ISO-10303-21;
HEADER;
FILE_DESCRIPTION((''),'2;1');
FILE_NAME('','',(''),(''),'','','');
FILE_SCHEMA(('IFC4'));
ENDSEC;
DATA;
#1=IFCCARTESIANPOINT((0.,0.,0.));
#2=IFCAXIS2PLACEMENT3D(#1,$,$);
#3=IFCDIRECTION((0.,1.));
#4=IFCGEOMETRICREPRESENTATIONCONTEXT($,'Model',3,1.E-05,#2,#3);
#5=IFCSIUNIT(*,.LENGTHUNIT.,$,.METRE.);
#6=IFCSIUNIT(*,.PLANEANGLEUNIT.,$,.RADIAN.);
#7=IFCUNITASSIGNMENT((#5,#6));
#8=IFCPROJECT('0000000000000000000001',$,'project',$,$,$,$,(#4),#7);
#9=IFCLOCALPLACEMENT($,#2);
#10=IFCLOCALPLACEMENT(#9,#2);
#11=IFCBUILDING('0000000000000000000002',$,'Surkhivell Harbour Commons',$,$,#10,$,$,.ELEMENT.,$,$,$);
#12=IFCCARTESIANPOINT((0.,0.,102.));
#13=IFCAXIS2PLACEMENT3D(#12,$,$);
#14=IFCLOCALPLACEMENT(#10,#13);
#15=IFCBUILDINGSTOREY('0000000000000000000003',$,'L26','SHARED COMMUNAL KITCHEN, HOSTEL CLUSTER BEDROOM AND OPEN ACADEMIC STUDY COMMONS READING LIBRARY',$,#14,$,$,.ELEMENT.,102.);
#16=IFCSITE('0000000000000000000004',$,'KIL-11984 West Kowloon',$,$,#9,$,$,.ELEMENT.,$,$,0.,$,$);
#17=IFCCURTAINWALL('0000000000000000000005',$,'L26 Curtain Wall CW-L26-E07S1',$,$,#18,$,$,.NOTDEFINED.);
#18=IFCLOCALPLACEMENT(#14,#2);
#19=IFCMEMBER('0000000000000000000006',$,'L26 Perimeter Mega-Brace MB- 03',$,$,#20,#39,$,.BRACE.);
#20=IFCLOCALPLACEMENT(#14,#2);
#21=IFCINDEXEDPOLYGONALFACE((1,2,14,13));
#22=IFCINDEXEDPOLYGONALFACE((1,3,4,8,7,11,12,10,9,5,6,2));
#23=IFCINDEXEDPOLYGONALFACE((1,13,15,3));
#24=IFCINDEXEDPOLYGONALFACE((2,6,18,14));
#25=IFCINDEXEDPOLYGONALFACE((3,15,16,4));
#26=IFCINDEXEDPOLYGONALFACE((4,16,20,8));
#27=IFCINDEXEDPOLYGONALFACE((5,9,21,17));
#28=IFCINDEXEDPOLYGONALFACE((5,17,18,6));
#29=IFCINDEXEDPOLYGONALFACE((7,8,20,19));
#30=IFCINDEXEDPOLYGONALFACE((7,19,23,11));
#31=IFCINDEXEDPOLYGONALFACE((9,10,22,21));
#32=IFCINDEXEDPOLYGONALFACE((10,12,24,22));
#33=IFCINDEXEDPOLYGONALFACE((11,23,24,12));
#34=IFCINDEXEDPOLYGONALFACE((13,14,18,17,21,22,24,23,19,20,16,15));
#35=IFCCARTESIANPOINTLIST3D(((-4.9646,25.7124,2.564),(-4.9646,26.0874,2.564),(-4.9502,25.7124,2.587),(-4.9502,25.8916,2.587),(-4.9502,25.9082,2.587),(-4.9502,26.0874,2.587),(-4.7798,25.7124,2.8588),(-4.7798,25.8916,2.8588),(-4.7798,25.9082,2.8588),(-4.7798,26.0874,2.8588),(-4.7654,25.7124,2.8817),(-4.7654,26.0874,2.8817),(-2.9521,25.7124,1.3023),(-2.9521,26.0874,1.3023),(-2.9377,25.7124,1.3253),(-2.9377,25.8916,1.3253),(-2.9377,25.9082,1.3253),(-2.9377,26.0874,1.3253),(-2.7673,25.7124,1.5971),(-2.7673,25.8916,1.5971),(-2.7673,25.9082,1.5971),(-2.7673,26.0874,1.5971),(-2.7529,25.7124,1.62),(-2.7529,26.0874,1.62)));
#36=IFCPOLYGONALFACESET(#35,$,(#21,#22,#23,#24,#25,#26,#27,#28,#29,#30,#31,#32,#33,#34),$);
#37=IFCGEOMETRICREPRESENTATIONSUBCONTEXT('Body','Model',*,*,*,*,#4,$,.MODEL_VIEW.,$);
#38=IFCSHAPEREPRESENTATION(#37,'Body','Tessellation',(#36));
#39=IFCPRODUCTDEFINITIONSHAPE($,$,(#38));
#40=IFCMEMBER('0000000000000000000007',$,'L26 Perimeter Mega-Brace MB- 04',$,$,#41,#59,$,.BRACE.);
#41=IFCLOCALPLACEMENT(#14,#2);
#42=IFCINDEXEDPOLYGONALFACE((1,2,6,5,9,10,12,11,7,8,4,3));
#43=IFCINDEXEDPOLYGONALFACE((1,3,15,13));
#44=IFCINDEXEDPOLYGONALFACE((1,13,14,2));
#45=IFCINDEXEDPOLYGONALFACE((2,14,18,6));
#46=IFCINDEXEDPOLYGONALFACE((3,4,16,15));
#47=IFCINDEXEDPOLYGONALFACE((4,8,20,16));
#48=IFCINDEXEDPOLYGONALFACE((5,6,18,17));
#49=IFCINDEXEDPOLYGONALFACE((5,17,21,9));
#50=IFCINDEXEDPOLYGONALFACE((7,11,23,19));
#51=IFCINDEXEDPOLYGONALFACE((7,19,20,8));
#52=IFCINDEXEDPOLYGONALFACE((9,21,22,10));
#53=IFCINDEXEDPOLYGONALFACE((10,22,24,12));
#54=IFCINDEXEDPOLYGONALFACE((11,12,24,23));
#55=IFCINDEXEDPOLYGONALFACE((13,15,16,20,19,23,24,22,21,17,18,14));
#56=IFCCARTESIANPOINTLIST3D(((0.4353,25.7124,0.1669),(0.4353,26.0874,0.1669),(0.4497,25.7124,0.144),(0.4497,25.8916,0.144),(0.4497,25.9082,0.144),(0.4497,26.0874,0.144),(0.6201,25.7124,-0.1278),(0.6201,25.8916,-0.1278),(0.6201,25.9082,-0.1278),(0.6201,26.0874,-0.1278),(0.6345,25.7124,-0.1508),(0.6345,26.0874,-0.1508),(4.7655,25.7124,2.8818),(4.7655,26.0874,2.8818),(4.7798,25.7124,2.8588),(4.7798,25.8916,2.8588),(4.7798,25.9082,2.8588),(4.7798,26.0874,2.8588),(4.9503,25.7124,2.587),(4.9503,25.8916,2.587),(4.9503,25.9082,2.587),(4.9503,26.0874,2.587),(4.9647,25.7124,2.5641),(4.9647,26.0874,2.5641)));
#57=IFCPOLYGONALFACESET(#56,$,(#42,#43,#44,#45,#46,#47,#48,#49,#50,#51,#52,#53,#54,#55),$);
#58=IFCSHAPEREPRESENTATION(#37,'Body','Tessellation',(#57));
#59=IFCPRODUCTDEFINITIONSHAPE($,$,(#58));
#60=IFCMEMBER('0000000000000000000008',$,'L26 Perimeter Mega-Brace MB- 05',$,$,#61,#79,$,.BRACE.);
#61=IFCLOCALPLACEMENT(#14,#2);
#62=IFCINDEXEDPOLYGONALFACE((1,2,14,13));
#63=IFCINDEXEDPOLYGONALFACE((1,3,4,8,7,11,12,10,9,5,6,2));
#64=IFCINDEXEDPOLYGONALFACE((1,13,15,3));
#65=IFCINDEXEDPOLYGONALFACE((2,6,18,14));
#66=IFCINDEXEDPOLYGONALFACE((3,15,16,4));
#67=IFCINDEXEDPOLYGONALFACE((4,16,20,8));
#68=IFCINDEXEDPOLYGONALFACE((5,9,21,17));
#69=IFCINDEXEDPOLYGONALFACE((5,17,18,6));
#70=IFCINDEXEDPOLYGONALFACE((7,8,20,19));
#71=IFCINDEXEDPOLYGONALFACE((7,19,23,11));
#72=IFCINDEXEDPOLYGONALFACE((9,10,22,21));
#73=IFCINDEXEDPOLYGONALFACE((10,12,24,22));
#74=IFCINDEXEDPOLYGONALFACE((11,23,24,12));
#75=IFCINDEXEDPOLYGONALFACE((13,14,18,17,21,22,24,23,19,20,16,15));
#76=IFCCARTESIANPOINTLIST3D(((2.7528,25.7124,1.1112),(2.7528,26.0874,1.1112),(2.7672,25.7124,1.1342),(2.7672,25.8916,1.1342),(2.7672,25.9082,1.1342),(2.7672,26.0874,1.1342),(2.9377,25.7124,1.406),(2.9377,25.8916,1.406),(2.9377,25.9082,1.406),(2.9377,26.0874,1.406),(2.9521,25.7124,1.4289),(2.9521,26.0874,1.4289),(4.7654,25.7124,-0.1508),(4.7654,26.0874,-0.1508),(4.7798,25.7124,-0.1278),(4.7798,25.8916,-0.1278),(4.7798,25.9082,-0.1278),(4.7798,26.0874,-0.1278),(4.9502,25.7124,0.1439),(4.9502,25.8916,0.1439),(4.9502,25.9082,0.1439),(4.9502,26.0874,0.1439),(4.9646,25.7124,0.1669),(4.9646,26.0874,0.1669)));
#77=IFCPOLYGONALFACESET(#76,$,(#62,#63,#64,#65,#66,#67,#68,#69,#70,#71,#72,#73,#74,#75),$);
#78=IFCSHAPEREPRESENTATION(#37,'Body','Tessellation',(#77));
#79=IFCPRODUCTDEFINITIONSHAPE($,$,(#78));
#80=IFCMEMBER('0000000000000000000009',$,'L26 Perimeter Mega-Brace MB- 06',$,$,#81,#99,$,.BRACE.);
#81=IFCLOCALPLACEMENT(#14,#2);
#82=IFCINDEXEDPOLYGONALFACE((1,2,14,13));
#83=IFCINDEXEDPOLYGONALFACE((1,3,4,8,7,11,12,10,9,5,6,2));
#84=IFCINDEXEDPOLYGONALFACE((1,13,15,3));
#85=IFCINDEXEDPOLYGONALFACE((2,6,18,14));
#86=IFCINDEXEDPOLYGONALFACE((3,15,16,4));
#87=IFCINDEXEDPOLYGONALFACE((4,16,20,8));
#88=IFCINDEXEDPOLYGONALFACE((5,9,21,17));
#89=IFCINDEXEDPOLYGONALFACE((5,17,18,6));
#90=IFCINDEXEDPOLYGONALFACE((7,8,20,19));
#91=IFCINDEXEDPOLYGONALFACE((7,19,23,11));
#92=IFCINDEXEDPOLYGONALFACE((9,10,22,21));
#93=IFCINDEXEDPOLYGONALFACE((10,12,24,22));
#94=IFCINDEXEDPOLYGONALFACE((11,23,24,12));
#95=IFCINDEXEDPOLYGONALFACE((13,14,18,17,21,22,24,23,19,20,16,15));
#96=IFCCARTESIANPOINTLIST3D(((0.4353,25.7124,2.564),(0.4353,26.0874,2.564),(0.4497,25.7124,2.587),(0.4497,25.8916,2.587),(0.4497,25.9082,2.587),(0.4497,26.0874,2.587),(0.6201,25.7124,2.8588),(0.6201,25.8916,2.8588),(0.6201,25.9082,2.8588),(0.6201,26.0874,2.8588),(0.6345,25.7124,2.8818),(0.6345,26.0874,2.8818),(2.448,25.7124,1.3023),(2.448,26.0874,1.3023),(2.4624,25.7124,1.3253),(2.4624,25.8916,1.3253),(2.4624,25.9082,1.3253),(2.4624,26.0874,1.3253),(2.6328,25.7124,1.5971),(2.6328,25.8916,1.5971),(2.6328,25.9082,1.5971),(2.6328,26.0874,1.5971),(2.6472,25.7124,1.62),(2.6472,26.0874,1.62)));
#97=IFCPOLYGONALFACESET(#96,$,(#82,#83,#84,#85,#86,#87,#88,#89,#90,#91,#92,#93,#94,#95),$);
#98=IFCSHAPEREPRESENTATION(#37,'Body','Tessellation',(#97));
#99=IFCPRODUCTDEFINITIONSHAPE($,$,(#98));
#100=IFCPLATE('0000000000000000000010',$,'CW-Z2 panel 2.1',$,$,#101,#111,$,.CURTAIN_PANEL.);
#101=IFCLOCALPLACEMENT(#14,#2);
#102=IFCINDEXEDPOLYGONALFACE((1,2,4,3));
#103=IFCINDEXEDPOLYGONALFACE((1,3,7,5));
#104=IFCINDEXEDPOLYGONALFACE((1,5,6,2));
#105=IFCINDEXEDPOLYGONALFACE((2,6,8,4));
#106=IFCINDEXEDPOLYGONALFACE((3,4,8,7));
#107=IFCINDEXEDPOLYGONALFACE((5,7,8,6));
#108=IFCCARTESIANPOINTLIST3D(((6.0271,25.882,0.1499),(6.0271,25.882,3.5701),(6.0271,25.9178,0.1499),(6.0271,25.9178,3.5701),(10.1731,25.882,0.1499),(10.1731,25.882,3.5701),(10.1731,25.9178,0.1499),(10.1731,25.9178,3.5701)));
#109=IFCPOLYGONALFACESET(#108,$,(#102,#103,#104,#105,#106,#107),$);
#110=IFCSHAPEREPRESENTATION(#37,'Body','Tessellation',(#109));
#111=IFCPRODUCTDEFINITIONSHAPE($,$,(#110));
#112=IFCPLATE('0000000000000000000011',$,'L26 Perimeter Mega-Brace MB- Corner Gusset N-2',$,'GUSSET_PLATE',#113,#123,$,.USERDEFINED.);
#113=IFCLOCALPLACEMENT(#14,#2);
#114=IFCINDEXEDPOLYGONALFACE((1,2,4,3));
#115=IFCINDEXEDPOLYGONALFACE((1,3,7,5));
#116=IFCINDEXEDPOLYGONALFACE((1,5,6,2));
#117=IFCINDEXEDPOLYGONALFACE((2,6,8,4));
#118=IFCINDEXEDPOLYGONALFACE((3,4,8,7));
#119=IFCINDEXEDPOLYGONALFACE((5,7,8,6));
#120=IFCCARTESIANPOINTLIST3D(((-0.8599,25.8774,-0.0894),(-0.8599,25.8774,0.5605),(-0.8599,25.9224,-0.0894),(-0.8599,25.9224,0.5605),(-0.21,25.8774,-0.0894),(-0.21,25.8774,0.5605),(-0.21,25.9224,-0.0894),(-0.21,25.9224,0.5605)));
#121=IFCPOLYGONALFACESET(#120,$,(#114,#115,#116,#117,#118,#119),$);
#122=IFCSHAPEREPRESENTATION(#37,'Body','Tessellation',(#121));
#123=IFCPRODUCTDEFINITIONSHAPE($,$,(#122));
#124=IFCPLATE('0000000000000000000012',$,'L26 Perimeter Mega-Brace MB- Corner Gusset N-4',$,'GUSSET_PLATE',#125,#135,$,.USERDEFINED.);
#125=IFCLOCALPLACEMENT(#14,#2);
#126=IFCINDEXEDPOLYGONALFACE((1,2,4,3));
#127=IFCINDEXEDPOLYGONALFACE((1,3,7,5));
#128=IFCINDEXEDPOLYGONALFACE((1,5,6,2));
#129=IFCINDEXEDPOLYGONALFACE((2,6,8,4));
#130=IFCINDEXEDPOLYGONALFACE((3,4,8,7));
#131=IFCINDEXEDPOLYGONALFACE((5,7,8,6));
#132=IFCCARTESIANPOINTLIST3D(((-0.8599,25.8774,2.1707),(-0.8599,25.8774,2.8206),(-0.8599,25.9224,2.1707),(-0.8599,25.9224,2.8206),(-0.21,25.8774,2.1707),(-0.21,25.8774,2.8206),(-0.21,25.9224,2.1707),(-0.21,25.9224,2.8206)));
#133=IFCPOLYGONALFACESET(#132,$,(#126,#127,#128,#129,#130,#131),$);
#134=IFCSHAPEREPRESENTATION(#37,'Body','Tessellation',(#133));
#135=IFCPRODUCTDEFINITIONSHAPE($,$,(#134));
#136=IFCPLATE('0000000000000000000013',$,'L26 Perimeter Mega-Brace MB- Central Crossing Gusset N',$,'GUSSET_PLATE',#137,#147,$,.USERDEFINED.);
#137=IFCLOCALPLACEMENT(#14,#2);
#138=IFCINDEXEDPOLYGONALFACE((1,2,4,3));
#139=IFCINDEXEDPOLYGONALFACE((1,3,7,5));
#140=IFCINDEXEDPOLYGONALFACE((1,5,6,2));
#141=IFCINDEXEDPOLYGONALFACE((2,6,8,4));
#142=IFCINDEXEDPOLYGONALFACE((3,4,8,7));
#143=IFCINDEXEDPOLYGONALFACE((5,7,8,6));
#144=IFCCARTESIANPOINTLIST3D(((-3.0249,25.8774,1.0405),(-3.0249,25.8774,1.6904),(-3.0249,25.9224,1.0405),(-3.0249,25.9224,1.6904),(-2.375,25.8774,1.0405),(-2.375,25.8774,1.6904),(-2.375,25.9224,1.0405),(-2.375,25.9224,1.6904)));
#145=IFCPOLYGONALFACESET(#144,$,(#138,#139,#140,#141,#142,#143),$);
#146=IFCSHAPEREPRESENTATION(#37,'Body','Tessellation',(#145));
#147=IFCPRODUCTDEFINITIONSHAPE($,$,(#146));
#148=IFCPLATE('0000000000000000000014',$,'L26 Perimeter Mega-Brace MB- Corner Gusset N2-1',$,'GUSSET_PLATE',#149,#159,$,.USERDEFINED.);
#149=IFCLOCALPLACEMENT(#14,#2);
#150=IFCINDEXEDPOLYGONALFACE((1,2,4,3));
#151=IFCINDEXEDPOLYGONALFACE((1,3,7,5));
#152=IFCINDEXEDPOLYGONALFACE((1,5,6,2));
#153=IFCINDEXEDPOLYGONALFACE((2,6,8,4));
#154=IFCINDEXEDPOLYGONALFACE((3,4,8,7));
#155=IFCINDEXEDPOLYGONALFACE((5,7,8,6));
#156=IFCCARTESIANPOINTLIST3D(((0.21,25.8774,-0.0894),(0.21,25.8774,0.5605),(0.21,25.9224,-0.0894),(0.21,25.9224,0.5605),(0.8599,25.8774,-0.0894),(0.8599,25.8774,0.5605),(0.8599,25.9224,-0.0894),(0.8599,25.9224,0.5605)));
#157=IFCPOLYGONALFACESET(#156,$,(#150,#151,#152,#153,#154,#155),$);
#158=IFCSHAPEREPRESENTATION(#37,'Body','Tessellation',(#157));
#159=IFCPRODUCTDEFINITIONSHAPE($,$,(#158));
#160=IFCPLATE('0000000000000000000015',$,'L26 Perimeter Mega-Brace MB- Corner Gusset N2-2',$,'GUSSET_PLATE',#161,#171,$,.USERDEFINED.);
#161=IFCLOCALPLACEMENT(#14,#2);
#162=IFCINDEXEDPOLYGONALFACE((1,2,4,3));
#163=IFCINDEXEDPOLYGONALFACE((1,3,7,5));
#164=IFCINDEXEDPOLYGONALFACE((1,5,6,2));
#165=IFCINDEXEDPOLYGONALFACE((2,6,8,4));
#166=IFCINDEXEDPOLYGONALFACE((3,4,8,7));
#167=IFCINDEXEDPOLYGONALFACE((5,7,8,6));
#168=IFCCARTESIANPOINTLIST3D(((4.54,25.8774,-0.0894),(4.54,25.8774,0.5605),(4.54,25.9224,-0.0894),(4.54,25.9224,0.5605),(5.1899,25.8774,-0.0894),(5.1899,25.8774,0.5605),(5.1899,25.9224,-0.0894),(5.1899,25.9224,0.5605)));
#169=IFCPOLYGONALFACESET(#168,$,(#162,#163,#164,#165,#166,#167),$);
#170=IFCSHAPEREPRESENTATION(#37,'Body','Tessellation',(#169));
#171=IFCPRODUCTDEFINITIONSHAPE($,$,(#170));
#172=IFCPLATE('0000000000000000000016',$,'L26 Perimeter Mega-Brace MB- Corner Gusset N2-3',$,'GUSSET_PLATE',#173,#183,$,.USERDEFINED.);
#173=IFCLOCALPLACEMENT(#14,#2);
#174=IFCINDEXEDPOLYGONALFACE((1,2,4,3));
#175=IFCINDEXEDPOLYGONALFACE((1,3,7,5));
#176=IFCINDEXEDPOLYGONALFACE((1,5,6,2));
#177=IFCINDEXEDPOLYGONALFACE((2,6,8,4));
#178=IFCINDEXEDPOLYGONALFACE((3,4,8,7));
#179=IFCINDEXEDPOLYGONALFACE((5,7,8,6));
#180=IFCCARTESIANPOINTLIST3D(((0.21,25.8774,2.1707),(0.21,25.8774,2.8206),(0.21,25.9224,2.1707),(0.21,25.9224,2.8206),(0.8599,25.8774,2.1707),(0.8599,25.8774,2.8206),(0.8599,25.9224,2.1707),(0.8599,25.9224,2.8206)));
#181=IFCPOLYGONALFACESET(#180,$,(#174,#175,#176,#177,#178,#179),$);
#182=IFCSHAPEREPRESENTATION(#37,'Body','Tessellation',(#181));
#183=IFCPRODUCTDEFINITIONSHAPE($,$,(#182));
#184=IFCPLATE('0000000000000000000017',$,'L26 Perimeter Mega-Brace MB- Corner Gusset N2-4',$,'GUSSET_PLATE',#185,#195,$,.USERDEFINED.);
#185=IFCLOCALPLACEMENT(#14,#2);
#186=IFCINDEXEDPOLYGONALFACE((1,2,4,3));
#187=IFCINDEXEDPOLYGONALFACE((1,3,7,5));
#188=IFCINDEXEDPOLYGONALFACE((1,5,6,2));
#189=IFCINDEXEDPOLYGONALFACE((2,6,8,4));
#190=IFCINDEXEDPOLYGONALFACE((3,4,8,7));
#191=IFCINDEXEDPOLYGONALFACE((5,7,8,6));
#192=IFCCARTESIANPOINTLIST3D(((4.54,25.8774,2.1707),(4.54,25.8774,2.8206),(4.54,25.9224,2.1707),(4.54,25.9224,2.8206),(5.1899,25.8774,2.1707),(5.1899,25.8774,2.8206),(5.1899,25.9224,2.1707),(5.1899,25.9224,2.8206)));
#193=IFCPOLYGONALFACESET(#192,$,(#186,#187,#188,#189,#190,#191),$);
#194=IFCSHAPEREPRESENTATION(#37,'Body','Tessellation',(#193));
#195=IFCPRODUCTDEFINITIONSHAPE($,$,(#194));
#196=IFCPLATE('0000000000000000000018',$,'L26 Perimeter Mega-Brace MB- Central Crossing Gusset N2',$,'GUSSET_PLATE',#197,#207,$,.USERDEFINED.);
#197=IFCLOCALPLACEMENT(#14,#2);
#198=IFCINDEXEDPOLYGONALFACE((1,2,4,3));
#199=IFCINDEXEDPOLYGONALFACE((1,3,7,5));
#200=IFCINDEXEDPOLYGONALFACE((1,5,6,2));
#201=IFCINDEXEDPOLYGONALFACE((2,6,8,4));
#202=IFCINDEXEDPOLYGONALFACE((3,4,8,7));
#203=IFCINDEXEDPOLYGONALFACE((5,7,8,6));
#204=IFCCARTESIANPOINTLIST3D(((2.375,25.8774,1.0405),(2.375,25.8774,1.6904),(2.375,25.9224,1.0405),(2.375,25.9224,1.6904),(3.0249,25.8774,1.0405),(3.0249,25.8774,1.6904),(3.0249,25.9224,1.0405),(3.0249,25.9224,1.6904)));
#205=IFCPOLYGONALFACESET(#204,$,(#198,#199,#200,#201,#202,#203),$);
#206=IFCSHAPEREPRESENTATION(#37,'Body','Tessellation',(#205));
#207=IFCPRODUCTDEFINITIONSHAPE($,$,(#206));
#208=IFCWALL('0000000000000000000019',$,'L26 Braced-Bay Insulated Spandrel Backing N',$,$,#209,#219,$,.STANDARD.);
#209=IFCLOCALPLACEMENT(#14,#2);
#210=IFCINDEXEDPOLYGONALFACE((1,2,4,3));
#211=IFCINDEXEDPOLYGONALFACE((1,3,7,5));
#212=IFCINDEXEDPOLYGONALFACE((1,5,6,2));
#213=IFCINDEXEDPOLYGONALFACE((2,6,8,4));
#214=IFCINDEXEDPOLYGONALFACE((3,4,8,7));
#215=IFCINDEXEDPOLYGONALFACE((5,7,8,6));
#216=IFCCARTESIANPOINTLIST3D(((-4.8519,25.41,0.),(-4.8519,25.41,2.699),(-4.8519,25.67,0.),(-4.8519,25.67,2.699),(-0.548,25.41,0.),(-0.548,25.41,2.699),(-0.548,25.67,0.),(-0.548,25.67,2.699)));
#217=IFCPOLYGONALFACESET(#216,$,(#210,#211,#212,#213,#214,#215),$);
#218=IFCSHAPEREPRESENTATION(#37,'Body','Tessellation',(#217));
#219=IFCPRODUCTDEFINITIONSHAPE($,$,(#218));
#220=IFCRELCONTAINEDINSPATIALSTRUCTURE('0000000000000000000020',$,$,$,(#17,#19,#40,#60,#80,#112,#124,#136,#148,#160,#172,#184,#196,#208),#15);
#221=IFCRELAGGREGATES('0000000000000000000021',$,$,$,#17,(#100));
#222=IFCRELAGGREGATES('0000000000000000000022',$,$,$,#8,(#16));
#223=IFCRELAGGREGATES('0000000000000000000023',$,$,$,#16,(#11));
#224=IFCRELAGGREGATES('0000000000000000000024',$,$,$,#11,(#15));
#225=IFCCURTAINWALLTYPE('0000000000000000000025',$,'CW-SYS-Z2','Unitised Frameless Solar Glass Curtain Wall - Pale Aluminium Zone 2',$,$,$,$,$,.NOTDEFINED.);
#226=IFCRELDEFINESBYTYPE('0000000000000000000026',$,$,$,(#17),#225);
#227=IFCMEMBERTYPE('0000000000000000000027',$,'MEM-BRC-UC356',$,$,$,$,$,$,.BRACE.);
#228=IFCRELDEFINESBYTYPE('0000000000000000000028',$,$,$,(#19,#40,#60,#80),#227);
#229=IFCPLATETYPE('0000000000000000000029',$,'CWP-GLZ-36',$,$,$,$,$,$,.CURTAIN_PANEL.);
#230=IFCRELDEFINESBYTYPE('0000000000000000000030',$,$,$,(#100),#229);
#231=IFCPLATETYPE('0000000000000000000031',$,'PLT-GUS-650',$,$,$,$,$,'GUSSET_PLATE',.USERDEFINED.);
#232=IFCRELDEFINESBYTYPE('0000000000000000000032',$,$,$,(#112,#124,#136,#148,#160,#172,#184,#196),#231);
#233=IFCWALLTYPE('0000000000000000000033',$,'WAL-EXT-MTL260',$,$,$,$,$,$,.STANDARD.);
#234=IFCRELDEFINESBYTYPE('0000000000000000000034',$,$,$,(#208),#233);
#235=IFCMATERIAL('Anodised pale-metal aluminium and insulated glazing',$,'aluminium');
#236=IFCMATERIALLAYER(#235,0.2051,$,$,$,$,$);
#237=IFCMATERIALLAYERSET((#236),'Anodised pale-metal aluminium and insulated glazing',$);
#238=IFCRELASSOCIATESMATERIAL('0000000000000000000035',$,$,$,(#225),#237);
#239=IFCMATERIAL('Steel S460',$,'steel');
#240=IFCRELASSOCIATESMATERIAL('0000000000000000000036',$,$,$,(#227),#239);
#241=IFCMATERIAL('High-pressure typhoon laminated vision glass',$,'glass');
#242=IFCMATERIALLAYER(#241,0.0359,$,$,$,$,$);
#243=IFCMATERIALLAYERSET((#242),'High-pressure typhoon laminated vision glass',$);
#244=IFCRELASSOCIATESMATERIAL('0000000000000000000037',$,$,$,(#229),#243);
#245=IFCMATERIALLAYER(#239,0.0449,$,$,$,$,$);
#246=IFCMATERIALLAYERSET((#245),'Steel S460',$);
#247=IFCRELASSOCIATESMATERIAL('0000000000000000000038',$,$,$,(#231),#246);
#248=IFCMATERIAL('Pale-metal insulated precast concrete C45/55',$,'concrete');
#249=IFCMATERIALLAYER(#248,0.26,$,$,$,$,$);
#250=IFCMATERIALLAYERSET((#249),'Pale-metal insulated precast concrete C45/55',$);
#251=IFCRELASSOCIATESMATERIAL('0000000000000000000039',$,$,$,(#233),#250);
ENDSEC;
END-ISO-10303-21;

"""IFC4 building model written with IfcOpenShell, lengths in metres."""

from ifc_helpers import new_model, si_unit, direction, frame, frame_2d, origin, origin_2d, place, context, subcontext, project, spatial, rectangle, i_section, extrude, material, layer, layer_set, material_profile, profile_set, type_object, element, aggregate, save


model = new_model("IFC4")

# Units and contexts
model_context = context("Model", 3, precision=1e-05, world=origin(), true_north=direction((0.0, 1.0)))
body_context = subcontext(model_context, "Body", "Model", "MODEL_VIEW")
ifc_project = project(units=[si_unit("LENGTHUNIT", "METRE"), si_unit("PLANEANGLEUNIT", "RADIAN")], contexts=[model_context])

# Site, building, storey
site_placement = place(None, origin())
site = spatial("IfcSite", under=ifc_project, at=site_placement, Name="KIL-11984 West Kowloon", CompositionType="ELEMENT", RefElevation=0.0)
building_placement = place(site_placement, origin())
building = spatial("IfcBuilding", under=site, at=building_placement, Name="Surkhivell Harbour Commons", CompositionType="ELEMENT")
storey_placement = place(building_placement, frame((0.0, 0.0, 102.0)))
storey = spatial("IfcBuildingStorey", under=building, at=storey_placement, Name="L26", Description="SHARED COMMUNAL KITCHEN, HOSTEL CLUSTER BEDROOM AND OPEN ACADEMIC STUDY COMMONS READING LIBRARY", CompositionType="ELEMENT", Elevation=102.0)

# Shared definitions
ifc_material_1 = material(Name="Steel S460", Category="steel")

# Curtain wall
ifc_material_2 = material(Name="Anodised pale-metal aluminium and insulated glazing", Category="aluminium")
ifc_layer_1 = layer(ifc_material_2, 0.2051)
ifc_layer_set_1 = layer_set([ifc_layer_1], Name="Anodised pale-metal aluminium and insulated glazing")
curtain_wall_type = type_object("IfcCurtainWallType", Name="CW-SYS-Z2", Description="Unitised Frameless Solar Glass Curtain Wall - Pale Aluminium Zone 2", PredefinedType="NOTDEFINED", material=ifc_layer_set_1)
curtain_wall_placement = place(storey_placement, origin())
curtain_wall = element("IfcCurtainWall", 1, at=curtain_wall_placement, inside=storey, type_object=curtain_wall_type, Name="L26 Curtain Wall CW-L26-E07S1", PredefinedType="NOTDEFINED")

# Members
ifc_material_profile_1 = material_profile(ifc_material_1, i_section(OverallWidth=0.375, OverallDepth=0.375, WebThickness=0.0166, FlangeThickness=0.0271, at=origin_2d()), Name="UC356x368x202")
ifc_profile_set_1 = profile_set([ifc_material_profile_1], Name="Steel S460")
member_type_1 = type_object("IfcMemberType", Name="MEM-BRC-UC356", PredefinedType="BRACE", material=ifc_profile_set_1)
member_1_placement = place(storey_placement, frame((-2.8525, 25.8999, 1.4612), z_axis=(-0.847253, 0.0, 0.53119), x_axis=(0.0, -1.0, 0.0)))
element("IfcMember", 2, at=member_1_placement, inside=storey, type_object=member_type_1, Name="L26 Perimeter Mega-Brace MB- 03", PredefinedType="BRACE", context=body_context, shape_type="SweptSolid", body=[
    extrude(i_section(OverallWidth=0.375, OverallDepth=0.375, WebThickness=0.0166, FlangeThickness=0.0271, at=origin_2d()), origin(), (0.0, 0.0, 1.0), 2.3752),
])
member_2_placement = place(storey_placement, frame((0.5349, 25.8999, 0.0081), z_axis=(0.847246, 0.0, 0.531201), x_axis=(0.0, 1.0, 0.0)))
element("IfcMember", 3, at=member_2_placement, inside=storey, type_object=member_type_1, Name="L26 Perimeter Mega-Brace MB- 04", PredefinedType="BRACE", context=body_context, shape_type="SweptSolid", body=[
    extrude(i_section(OverallWidth=0.375, OverallDepth=0.375, WebThickness=0.0166, FlangeThickness=0.0271, at=origin_2d()), origin(), (0.0, 0.0, 1.0), 5.1108),
])
for number, where, z_axis, x_axis, name in (
    (4, (4.865, 25.8999, 0.0081), (-0.847206, 0.0, 0.531264), (0.0, -1.0, 0.0), "L26 Perimeter Mega-Brace MB- 05"),
    (5, (2.5476, 25.8999, 1.4612), (-0.847282, 0.0, 0.531144), (0.0, -1.0, 0.0), "L26 Perimeter Mega-Brace MB- 06"),
):
    element("IfcMember", number, at=place(storey_placement, frame(where, z_axis=z_axis, x_axis=x_axis)), inside=storey, type_object=member_type_1, Name=name, PredefinedType="BRACE", context=body_context, shape_type="SweptSolid", body=[
        extrude(i_section(OverallWidth=0.375, OverallDepth=0.375, WebThickness=0.0166, FlangeThickness=0.0271, at=origin_2d()), origin(), (0.0, 0.0, 1.0), 2.3755),
    ])

# Plate
ifc_material_3 = material(Name="High-pressure typhoon laminated vision glass", Category="glass")
ifc_layer_2 = layer(ifc_material_3, 0.0359)
ifc_layer_set_2 = layer_set([ifc_layer_2], Name="High-pressure typhoon laminated vision glass")
plate_type_1 = type_object("IfcPlateType", Name="CWP-GLZ-36", PredefinedType="CURTAIN_PANEL", material=ifc_layer_set_2)
plate_placement = place(storey_placement, frame((10.1731, 25.8999, 0.1499), z_axis=(0.0, 0.0, 1.0), x_axis=(-1.0, 0.0, 0.0)))
plate = element("IfcPlate", 6, at=plate_placement, type_object=plate_type_1, Name="CW-Z2 panel 2.1", PredefinedType="CURTAIN_PANEL", context=body_context, shape_type="SweptSolid", body=[
    extrude(rectangle(XDim=4.146, YDim=0.0359, at=frame_2d((2.073, 0.0))), origin(), (0.0, 0.0, 1.0), 3.4202),
])
aggregate(curtain_wall, [plate])

# Plates
ifc_layer_3 = layer(ifc_material_1, 0.0449)
ifc_layer_set_3 = layer_set([ifc_layer_3], Name="Steel S460")
plate_type_2 = type_object("IfcPlateType", Name="PLT-GUS-650", ElementType="GUSSET_PLATE", PredefinedType="USERDEFINED", material=ifc_layer_set_3)
for number, where, z_axis, x_axis, name in (
    (7, (-0.5349, 25.8999, -0.0894), (0.0, 0.0, 1.0), (1.0, 0.0, 0.0), "L26 Perimeter Mega-Brace MB- Corner Gusset N-2"),
    (8, (-0.5349, 25.8999, 2.1707), (0.0, 0.0, 1.0), (1.0, 0.0, 0.0), "L26 Perimeter Mega-Brace MB- Corner Gusset N-4"),
    (9, (-2.7, 25.8999, 1.0405), (0.0, 0.0, 1.0), (1.0, 0.0, 0.0), "L26 Perimeter Mega-Brace MB- Central Crossing Gusset N"),
    (10, (0.5349, 25.8999, -0.0894), (0.0, 0.0, 1.0), (1.0, 0.0, 0.0), "L26 Perimeter Mega-Brace MB- Corner Gusset N2-1"),
    (11, (4.865, 25.8999, -0.0894), (0.0, 0.0, 1.0), (1.0, 0.0, 0.0), "L26 Perimeter Mega-Brace MB- Corner Gusset N2-2"),
    (12, (0.5349, 25.8999, 2.1707), (0.0, 0.0, 1.0), (1.0, 0.0, 0.0), "L26 Perimeter Mega-Brace MB- Corner Gusset N2-3"),
    (13, (4.865, 25.8999, 2.1707), (0.0, 0.0, 1.0), (1.0, 0.0, 0.0), "L26 Perimeter Mega-Brace MB- Corner Gusset N2-4"),
    (14, (2.7, 25.8999, 1.0405), (0.0, 0.0, 1.0), (1.0, 0.0, 0.0), "L26 Perimeter Mega-Brace MB- Central Crossing Gusset N2"),
):
    element("IfcPlate", number, at=place(storey_placement, frame(where, z_axis=z_axis, x_axis=x_axis)), inside=storey, type_object=plate_type_2, Name=name, ObjectType="GUSSET_PLATE", PredefinedType="USERDEFINED", context=body_context, shape_type="SweptSolid", body=[
        extrude(rectangle(XDim=0.6499, YDim=0.0449, at=origin_2d()), origin(), (0.0, 0.0, 1.0), 0.6499),
    ])

# Wall
ifc_material_4 = material(Name="Pale-metal insulated precast concrete C45/55", Category="concrete")
ifc_layer_4 = layer(ifc_material_4, 0.26)
ifc_layer_set_4 = layer_set([ifc_layer_4], Name="Pale-metal insulated precast concrete C45/55")
wall_type_1 = type_object("IfcWallType", Name="WAL-EXT-MTL260", PredefinedType="STANDARD", material=ifc_layer_set_4)
for number, where, z_axis, x_axis, name in (
    (15, (-0.5481, 25.54, 0.0), (0.0, 0.0, 1.0), (-1.0, 0.0, 0.0), "L26 Braced-Bay Insulated Spandrel Backing N"),
):
    element("IfcWall", number, at=place(storey_placement, frame(where, z_axis=z_axis, x_axis=x_axis)), inside=storey, type_object=wall_type_1, Name=name, PredefinedType="STANDARD", context=body_context, shape_type="SweptSolid", body=[
        extrude(rectangle(XDim=4.304, YDim=0.26, at=frame_2d((2.1519, 0.0))), origin(), (0.0, 0.0, 1.0), 2.699),
    ])

save(model, "model.ifc")
